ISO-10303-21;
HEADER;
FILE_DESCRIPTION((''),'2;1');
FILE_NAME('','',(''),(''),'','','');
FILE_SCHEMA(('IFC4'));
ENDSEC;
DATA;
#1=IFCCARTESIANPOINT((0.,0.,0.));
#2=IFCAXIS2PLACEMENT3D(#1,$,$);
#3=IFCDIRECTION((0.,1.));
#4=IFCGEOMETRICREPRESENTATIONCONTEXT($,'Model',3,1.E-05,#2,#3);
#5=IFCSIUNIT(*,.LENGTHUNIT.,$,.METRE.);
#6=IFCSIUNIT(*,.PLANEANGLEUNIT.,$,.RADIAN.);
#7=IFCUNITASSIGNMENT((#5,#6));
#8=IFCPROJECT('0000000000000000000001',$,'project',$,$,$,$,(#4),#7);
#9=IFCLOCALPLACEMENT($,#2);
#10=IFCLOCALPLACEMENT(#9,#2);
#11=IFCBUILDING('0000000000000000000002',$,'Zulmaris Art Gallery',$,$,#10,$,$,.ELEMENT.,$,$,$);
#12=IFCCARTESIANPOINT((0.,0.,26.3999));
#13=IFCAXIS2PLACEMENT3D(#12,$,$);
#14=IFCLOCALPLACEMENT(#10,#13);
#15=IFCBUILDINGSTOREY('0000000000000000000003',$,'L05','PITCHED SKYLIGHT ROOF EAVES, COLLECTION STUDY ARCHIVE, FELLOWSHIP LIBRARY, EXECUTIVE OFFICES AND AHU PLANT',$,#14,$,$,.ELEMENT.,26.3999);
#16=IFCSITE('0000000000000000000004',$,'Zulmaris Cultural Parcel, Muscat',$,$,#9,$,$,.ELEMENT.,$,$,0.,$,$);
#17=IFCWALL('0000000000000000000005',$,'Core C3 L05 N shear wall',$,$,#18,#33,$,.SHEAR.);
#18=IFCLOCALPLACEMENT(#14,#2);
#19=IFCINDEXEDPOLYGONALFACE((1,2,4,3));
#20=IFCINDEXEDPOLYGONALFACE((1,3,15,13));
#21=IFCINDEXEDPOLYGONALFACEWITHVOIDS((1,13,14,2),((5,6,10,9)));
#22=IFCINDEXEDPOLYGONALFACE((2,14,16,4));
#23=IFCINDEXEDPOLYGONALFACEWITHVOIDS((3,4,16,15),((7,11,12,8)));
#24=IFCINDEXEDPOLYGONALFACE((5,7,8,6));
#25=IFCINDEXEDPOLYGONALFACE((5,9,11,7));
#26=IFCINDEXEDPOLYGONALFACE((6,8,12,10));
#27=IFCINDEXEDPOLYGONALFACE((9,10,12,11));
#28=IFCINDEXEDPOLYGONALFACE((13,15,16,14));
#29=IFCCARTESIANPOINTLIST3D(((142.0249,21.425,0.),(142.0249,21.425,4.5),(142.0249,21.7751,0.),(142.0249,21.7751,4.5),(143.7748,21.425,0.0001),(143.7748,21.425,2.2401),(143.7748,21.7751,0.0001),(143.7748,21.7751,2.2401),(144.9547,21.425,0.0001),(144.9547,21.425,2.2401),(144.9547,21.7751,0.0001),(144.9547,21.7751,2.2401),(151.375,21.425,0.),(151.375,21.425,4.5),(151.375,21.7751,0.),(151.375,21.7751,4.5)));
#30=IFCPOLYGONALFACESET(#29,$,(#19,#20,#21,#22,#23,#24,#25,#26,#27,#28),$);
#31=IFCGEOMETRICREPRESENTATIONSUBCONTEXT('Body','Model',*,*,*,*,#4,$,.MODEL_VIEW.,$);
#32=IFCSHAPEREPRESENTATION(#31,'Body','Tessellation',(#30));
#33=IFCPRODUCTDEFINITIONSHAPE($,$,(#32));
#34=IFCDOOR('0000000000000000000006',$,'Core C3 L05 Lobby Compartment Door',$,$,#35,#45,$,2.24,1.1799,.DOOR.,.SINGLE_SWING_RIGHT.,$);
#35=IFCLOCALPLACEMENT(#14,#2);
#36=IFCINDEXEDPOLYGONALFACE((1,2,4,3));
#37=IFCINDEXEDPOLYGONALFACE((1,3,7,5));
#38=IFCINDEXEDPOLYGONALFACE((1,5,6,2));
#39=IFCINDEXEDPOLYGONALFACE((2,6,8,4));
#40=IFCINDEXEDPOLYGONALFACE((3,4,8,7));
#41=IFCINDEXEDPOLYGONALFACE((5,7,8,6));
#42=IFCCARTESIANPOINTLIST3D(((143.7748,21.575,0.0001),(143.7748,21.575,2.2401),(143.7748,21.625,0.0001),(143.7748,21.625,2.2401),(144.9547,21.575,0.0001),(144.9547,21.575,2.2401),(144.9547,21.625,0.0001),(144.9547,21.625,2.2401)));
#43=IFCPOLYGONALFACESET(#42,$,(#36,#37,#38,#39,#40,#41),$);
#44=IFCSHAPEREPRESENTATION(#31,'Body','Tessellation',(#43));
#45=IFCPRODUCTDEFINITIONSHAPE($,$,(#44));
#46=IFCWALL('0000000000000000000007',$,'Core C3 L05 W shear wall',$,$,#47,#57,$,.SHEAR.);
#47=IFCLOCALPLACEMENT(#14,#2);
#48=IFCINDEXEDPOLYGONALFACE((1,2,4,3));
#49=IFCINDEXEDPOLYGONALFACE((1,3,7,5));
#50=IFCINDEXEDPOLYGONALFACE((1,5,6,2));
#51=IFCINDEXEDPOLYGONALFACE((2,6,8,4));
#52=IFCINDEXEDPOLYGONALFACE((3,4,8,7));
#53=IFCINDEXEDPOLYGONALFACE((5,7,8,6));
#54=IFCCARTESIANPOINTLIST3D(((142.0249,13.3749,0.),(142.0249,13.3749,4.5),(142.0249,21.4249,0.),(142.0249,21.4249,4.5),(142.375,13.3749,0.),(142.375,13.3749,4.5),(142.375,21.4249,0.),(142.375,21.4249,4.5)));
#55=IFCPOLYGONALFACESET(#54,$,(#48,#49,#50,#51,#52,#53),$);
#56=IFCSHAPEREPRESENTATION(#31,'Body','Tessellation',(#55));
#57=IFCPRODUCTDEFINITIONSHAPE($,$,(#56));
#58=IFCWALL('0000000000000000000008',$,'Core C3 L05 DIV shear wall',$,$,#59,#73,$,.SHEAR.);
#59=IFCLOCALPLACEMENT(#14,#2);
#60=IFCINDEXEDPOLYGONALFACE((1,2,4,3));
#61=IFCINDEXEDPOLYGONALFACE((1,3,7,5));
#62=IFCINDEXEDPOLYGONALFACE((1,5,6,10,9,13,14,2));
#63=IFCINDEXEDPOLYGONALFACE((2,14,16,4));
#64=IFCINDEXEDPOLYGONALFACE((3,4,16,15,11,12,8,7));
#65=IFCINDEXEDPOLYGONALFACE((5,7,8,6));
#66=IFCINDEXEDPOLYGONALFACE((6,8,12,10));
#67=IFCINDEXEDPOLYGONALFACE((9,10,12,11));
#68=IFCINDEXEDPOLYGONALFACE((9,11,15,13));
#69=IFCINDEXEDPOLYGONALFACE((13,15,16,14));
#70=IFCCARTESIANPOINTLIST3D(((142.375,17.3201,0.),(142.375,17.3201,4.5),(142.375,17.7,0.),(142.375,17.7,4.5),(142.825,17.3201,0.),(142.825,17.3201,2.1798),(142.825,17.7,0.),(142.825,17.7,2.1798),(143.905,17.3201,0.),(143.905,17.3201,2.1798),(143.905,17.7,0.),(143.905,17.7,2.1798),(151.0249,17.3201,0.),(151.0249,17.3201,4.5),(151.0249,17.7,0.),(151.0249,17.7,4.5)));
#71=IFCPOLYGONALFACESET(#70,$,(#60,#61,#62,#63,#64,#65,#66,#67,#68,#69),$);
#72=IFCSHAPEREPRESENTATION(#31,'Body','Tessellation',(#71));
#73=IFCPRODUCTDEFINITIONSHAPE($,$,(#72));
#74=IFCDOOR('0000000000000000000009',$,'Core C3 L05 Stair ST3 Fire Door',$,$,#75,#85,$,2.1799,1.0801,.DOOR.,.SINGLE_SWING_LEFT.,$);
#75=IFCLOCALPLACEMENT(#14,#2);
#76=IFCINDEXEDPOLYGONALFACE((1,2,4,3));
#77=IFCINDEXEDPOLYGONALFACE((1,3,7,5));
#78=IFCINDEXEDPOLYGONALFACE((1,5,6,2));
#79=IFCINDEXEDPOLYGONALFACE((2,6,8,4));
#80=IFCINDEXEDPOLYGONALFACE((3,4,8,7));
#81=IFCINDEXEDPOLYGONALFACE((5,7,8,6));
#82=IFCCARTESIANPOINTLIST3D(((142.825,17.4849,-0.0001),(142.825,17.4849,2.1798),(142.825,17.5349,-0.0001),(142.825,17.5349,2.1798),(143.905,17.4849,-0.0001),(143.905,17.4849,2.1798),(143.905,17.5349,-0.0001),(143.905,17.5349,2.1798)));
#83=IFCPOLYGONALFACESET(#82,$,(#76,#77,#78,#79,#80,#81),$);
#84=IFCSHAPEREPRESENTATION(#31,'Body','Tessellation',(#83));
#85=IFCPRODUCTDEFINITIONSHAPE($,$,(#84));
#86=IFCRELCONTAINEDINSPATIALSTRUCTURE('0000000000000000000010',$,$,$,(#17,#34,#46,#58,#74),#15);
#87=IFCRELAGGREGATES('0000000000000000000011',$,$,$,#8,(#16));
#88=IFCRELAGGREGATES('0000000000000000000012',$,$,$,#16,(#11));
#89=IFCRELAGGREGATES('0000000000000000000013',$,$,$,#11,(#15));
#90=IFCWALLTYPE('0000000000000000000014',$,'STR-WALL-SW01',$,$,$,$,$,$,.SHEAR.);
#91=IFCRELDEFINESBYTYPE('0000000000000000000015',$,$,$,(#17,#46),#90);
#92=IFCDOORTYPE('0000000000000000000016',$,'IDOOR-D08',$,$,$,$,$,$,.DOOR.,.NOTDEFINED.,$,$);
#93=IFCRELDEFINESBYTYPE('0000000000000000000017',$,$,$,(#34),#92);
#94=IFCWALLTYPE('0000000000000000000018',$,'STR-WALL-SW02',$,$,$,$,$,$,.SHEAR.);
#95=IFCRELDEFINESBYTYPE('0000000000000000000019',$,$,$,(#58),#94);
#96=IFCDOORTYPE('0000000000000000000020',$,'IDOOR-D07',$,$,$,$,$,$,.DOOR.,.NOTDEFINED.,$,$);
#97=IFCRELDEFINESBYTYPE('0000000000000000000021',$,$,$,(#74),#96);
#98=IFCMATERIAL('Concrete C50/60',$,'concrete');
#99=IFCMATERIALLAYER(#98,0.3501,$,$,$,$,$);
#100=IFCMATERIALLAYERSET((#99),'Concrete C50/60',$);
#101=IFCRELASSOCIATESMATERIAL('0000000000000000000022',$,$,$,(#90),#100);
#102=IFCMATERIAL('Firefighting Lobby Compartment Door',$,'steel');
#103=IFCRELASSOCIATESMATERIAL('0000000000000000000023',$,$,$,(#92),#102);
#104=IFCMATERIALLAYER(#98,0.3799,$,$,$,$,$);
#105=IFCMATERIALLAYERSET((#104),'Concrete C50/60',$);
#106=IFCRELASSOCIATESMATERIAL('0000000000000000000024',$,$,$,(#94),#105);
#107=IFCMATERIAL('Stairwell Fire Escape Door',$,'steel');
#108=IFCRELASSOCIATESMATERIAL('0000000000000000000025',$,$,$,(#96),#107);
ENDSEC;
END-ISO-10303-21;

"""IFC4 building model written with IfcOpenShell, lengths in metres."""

from ifc_helpers import new_model, si_unit, direction, frame, frame_2d, origin, place, context, subcontext, project, spatial, rectangle, extrude, material, layer, layer_set, type_object, element, fill, save


model = new_model("IFC4")

# Units and contexts
model_context = context("Model", 3, precision=1e-05, world=origin(), true_north=direction((0.0, 1.0)))
body_context = subcontext(model_context, "Body", "Model", "MODEL_VIEW")
ifc_project = project(units=[si_unit("LENGTHUNIT", "METRE"), si_unit("PLANEANGLEUNIT", "RADIAN")], contexts=[model_context])

# Site, building, storey
site_placement = place(None, origin())
site = spatial("IfcSite", under=ifc_project, at=site_placement, Name="Zulmaris Cultural Parcel, Muscat", CompositionType="ELEMENT", RefElevation=0.0)
building_placement = place(site_placement, origin())
building = spatial("IfcBuilding", under=site, at=building_placement, Name="Zulmaris Art Gallery", CompositionType="ELEMENT")
storey_placement = place(building_placement, frame((0.0, 0.0, 26.3999)))
storey = spatial("IfcBuildingStorey", under=building, at=storey_placement, Name="L05", Description="PITCHED SKYLIGHT ROOF EAVES, COLLECTION STUDY ARCHIVE, FELLOWSHIP LIBRARY, EXECUTIVE OFFICES AND AHU PLANT", CompositionType="ELEMENT", Elevation=26.3999)

# Wall, opening, door
ifc_material_1 = material(Name="Concrete C50/60", Category="concrete")
ifc_layer_1 = layer(ifc_material_1, 0.3501)
ifc_layer_set_1 = layer_set([ifc_layer_1], Name="Concrete C50/60")
wall_type_1 = type_object("IfcWallType", Name="STR-WALL-SW01", PredefinedType="SHEAR", material=ifc_layer_set_1)
wall_1_placement = place(storey_placement, frame((142.0249, 21.6001, 0.0), z_axis=(0.0, 0.0, 1.0), x_axis=(1.0, 0.0, 0.0)))
wall_1 = element("IfcWall", 1, at=wall_1_placement, inside=storey, type_object=wall_type_1, Name="Core C3 L05 N shear wall", PredefinedType="SHEAR", context=body_context, shape_type="SweptSolid", body=[
    extrude(rectangle(XDim=9.3501, YDim=0.3501, at=frame_2d((4.675, 0.0))), origin(), (0.0, 0.0, 1.0), 4.5),
])
opening_1_placement = place(wall_1_placement, frame((1.75, 0.0, 0.0)))
opening_1 = element("IfcOpeningElement", 2, at=opening_1_placement, cuts=wall_1, PredefinedType="OPENING", context=body_context, shape_type="SweptSolid", body=[
    extrude(rectangle(XDim=1.1799, YDim=2.24, at=frame_2d((0.5898, 1.1201))), frame((0.0, 0.1851, 0.0), z_axis=(0.0, -1.0, 0.0), x_axis=(1.0, 0.0, 0.0)), (0.0, 0.0, 1.0), 0.3701),
])
ifc_material_2 = material(Name="Firefighting Lobby Compartment Door", Category="steel")
door_type_1 = type_object("IfcDoorType", Name="IDOOR-D08", OperationType="NOTDEFINED", PredefinedType="DOOR", material=ifc_material_2)
door_1_placement = place(opening_1_placement, origin())
door_1 = element("IfcDoor", 3, at=door_1_placement, inside=storey, type_object=door_type_1, Name="Core C3 L05 Lobby Compartment Door", OperationType="SINGLE_SWING_RIGHT", OverallHeight=2.24, OverallWidth=1.1799, PredefinedType="DOOR", context=body_context, shape_type="SweptSolid", body=[
    extrude(rectangle(XDim=1.1799, YDim=2.24, at=frame_2d((0.5898, 1.1201))), frame((0.0, 0.0249, 0.0), z_axis=(0.0, -1.0, 0.0), x_axis=(1.0, 0.0, 0.0)), (0.0, 0.0, 1.0), 0.05),
])
fill(opening_1, door_1)

# Wall
wall_2_placement = place(storey_placement, frame((142.2, 13.375, 0.0), z_axis=(0.0, 0.0, 1.0), x_axis=(0.0, 1.0, 0.0)))
element("IfcWall", 4, at=wall_2_placement, inside=storey, type_object=wall_type_1, Name="Core C3 L05 W shear wall", PredefinedType="SHEAR", context=body_context, shape_type="SweptSolid", body=[
    extrude(rectangle(XDim=8.05, YDim=0.3501, at=frame_2d((4.0249, 0.0))), origin(), (0.0, 0.0, 1.0), 4.5),
])

# Wall, opening, door
ifc_layer_2 = layer(ifc_material_1, 0.3799)
ifc_layer_set_2 = layer_set([ifc_layer_2], Name="Concrete C50/60")
wall_type_2 = type_object("IfcWallType", Name="STR-WALL-SW02", PredefinedType="SHEAR", material=ifc_layer_set_2)
wall_3_placement = place(storey_placement, frame((142.375, 17.51, 0.0), z_axis=(0.0, 0.0, 1.0), x_axis=(1.0, 0.0, 0.0)))
wall_3 = element("IfcWall", 5, at=wall_3_placement, inside=storey, type_object=wall_type_2, Name="Core C3 L05 DIV shear wall", PredefinedType="SHEAR", context=body_context, shape_type="SweptSolid", body=[
    extrude(rectangle(XDim=8.6499, YDim=0.3799, at=frame_2d((4.325, 0.0))), origin(), (0.0, 0.0, 1.0), 4.5),
])
opening_2_placement = place(wall_3_placement, frame((0.45, 0.0, 0.0)))
opening_2 = element("IfcOpeningElement", 6, at=opening_2_placement, cuts=wall_3, PredefinedType="OPENING", context=body_context, shape_type="SweptSolid", body=[
    extrude(rectangle(XDim=1.0801, YDim=2.1799, at=frame_2d((0.54, 1.0898))), frame((0.0, 0.2, 0.0), z_axis=(0.0, -1.0, 0.0), x_axis=(1.0, 0.0, 0.0)), (0.0, 0.0, 1.0), 0.3999),
])
ifc_material_3 = material(Name="Stairwell Fire Escape Door", Category="steel")
door_type_2 = type_object("IfcDoorType", Name="IDOOR-D07", OperationType="NOTDEFINED", PredefinedType="DOOR", material=ifc_material_3)
door_2_placement = place(opening_2_placement, origin())
door_2 = element("IfcDoor", 7, at=door_2_placement, inside=storey, type_object=door_type_2, Name="Core C3 L05 Stair ST3 Fire Door", OperationType="SINGLE_SWING_LEFT", OverallHeight=2.1799, OverallWidth=1.0801, PredefinedType="DOOR", context=body_context, shape_type="SweptSolid", body=[
    extrude(rectangle(XDim=1.0801, YDim=2.1799, at=frame_2d((0.54, 1.0898))), frame((0.0, 0.0249, 0.0), z_axis=(0.0, -1.0, 0.0), x_axis=(1.0, 0.0, 0.0)), (0.0, 0.0, 1.0), 0.05),
])
fill(opening_2, door_2)

save(model, "model.ifc")
